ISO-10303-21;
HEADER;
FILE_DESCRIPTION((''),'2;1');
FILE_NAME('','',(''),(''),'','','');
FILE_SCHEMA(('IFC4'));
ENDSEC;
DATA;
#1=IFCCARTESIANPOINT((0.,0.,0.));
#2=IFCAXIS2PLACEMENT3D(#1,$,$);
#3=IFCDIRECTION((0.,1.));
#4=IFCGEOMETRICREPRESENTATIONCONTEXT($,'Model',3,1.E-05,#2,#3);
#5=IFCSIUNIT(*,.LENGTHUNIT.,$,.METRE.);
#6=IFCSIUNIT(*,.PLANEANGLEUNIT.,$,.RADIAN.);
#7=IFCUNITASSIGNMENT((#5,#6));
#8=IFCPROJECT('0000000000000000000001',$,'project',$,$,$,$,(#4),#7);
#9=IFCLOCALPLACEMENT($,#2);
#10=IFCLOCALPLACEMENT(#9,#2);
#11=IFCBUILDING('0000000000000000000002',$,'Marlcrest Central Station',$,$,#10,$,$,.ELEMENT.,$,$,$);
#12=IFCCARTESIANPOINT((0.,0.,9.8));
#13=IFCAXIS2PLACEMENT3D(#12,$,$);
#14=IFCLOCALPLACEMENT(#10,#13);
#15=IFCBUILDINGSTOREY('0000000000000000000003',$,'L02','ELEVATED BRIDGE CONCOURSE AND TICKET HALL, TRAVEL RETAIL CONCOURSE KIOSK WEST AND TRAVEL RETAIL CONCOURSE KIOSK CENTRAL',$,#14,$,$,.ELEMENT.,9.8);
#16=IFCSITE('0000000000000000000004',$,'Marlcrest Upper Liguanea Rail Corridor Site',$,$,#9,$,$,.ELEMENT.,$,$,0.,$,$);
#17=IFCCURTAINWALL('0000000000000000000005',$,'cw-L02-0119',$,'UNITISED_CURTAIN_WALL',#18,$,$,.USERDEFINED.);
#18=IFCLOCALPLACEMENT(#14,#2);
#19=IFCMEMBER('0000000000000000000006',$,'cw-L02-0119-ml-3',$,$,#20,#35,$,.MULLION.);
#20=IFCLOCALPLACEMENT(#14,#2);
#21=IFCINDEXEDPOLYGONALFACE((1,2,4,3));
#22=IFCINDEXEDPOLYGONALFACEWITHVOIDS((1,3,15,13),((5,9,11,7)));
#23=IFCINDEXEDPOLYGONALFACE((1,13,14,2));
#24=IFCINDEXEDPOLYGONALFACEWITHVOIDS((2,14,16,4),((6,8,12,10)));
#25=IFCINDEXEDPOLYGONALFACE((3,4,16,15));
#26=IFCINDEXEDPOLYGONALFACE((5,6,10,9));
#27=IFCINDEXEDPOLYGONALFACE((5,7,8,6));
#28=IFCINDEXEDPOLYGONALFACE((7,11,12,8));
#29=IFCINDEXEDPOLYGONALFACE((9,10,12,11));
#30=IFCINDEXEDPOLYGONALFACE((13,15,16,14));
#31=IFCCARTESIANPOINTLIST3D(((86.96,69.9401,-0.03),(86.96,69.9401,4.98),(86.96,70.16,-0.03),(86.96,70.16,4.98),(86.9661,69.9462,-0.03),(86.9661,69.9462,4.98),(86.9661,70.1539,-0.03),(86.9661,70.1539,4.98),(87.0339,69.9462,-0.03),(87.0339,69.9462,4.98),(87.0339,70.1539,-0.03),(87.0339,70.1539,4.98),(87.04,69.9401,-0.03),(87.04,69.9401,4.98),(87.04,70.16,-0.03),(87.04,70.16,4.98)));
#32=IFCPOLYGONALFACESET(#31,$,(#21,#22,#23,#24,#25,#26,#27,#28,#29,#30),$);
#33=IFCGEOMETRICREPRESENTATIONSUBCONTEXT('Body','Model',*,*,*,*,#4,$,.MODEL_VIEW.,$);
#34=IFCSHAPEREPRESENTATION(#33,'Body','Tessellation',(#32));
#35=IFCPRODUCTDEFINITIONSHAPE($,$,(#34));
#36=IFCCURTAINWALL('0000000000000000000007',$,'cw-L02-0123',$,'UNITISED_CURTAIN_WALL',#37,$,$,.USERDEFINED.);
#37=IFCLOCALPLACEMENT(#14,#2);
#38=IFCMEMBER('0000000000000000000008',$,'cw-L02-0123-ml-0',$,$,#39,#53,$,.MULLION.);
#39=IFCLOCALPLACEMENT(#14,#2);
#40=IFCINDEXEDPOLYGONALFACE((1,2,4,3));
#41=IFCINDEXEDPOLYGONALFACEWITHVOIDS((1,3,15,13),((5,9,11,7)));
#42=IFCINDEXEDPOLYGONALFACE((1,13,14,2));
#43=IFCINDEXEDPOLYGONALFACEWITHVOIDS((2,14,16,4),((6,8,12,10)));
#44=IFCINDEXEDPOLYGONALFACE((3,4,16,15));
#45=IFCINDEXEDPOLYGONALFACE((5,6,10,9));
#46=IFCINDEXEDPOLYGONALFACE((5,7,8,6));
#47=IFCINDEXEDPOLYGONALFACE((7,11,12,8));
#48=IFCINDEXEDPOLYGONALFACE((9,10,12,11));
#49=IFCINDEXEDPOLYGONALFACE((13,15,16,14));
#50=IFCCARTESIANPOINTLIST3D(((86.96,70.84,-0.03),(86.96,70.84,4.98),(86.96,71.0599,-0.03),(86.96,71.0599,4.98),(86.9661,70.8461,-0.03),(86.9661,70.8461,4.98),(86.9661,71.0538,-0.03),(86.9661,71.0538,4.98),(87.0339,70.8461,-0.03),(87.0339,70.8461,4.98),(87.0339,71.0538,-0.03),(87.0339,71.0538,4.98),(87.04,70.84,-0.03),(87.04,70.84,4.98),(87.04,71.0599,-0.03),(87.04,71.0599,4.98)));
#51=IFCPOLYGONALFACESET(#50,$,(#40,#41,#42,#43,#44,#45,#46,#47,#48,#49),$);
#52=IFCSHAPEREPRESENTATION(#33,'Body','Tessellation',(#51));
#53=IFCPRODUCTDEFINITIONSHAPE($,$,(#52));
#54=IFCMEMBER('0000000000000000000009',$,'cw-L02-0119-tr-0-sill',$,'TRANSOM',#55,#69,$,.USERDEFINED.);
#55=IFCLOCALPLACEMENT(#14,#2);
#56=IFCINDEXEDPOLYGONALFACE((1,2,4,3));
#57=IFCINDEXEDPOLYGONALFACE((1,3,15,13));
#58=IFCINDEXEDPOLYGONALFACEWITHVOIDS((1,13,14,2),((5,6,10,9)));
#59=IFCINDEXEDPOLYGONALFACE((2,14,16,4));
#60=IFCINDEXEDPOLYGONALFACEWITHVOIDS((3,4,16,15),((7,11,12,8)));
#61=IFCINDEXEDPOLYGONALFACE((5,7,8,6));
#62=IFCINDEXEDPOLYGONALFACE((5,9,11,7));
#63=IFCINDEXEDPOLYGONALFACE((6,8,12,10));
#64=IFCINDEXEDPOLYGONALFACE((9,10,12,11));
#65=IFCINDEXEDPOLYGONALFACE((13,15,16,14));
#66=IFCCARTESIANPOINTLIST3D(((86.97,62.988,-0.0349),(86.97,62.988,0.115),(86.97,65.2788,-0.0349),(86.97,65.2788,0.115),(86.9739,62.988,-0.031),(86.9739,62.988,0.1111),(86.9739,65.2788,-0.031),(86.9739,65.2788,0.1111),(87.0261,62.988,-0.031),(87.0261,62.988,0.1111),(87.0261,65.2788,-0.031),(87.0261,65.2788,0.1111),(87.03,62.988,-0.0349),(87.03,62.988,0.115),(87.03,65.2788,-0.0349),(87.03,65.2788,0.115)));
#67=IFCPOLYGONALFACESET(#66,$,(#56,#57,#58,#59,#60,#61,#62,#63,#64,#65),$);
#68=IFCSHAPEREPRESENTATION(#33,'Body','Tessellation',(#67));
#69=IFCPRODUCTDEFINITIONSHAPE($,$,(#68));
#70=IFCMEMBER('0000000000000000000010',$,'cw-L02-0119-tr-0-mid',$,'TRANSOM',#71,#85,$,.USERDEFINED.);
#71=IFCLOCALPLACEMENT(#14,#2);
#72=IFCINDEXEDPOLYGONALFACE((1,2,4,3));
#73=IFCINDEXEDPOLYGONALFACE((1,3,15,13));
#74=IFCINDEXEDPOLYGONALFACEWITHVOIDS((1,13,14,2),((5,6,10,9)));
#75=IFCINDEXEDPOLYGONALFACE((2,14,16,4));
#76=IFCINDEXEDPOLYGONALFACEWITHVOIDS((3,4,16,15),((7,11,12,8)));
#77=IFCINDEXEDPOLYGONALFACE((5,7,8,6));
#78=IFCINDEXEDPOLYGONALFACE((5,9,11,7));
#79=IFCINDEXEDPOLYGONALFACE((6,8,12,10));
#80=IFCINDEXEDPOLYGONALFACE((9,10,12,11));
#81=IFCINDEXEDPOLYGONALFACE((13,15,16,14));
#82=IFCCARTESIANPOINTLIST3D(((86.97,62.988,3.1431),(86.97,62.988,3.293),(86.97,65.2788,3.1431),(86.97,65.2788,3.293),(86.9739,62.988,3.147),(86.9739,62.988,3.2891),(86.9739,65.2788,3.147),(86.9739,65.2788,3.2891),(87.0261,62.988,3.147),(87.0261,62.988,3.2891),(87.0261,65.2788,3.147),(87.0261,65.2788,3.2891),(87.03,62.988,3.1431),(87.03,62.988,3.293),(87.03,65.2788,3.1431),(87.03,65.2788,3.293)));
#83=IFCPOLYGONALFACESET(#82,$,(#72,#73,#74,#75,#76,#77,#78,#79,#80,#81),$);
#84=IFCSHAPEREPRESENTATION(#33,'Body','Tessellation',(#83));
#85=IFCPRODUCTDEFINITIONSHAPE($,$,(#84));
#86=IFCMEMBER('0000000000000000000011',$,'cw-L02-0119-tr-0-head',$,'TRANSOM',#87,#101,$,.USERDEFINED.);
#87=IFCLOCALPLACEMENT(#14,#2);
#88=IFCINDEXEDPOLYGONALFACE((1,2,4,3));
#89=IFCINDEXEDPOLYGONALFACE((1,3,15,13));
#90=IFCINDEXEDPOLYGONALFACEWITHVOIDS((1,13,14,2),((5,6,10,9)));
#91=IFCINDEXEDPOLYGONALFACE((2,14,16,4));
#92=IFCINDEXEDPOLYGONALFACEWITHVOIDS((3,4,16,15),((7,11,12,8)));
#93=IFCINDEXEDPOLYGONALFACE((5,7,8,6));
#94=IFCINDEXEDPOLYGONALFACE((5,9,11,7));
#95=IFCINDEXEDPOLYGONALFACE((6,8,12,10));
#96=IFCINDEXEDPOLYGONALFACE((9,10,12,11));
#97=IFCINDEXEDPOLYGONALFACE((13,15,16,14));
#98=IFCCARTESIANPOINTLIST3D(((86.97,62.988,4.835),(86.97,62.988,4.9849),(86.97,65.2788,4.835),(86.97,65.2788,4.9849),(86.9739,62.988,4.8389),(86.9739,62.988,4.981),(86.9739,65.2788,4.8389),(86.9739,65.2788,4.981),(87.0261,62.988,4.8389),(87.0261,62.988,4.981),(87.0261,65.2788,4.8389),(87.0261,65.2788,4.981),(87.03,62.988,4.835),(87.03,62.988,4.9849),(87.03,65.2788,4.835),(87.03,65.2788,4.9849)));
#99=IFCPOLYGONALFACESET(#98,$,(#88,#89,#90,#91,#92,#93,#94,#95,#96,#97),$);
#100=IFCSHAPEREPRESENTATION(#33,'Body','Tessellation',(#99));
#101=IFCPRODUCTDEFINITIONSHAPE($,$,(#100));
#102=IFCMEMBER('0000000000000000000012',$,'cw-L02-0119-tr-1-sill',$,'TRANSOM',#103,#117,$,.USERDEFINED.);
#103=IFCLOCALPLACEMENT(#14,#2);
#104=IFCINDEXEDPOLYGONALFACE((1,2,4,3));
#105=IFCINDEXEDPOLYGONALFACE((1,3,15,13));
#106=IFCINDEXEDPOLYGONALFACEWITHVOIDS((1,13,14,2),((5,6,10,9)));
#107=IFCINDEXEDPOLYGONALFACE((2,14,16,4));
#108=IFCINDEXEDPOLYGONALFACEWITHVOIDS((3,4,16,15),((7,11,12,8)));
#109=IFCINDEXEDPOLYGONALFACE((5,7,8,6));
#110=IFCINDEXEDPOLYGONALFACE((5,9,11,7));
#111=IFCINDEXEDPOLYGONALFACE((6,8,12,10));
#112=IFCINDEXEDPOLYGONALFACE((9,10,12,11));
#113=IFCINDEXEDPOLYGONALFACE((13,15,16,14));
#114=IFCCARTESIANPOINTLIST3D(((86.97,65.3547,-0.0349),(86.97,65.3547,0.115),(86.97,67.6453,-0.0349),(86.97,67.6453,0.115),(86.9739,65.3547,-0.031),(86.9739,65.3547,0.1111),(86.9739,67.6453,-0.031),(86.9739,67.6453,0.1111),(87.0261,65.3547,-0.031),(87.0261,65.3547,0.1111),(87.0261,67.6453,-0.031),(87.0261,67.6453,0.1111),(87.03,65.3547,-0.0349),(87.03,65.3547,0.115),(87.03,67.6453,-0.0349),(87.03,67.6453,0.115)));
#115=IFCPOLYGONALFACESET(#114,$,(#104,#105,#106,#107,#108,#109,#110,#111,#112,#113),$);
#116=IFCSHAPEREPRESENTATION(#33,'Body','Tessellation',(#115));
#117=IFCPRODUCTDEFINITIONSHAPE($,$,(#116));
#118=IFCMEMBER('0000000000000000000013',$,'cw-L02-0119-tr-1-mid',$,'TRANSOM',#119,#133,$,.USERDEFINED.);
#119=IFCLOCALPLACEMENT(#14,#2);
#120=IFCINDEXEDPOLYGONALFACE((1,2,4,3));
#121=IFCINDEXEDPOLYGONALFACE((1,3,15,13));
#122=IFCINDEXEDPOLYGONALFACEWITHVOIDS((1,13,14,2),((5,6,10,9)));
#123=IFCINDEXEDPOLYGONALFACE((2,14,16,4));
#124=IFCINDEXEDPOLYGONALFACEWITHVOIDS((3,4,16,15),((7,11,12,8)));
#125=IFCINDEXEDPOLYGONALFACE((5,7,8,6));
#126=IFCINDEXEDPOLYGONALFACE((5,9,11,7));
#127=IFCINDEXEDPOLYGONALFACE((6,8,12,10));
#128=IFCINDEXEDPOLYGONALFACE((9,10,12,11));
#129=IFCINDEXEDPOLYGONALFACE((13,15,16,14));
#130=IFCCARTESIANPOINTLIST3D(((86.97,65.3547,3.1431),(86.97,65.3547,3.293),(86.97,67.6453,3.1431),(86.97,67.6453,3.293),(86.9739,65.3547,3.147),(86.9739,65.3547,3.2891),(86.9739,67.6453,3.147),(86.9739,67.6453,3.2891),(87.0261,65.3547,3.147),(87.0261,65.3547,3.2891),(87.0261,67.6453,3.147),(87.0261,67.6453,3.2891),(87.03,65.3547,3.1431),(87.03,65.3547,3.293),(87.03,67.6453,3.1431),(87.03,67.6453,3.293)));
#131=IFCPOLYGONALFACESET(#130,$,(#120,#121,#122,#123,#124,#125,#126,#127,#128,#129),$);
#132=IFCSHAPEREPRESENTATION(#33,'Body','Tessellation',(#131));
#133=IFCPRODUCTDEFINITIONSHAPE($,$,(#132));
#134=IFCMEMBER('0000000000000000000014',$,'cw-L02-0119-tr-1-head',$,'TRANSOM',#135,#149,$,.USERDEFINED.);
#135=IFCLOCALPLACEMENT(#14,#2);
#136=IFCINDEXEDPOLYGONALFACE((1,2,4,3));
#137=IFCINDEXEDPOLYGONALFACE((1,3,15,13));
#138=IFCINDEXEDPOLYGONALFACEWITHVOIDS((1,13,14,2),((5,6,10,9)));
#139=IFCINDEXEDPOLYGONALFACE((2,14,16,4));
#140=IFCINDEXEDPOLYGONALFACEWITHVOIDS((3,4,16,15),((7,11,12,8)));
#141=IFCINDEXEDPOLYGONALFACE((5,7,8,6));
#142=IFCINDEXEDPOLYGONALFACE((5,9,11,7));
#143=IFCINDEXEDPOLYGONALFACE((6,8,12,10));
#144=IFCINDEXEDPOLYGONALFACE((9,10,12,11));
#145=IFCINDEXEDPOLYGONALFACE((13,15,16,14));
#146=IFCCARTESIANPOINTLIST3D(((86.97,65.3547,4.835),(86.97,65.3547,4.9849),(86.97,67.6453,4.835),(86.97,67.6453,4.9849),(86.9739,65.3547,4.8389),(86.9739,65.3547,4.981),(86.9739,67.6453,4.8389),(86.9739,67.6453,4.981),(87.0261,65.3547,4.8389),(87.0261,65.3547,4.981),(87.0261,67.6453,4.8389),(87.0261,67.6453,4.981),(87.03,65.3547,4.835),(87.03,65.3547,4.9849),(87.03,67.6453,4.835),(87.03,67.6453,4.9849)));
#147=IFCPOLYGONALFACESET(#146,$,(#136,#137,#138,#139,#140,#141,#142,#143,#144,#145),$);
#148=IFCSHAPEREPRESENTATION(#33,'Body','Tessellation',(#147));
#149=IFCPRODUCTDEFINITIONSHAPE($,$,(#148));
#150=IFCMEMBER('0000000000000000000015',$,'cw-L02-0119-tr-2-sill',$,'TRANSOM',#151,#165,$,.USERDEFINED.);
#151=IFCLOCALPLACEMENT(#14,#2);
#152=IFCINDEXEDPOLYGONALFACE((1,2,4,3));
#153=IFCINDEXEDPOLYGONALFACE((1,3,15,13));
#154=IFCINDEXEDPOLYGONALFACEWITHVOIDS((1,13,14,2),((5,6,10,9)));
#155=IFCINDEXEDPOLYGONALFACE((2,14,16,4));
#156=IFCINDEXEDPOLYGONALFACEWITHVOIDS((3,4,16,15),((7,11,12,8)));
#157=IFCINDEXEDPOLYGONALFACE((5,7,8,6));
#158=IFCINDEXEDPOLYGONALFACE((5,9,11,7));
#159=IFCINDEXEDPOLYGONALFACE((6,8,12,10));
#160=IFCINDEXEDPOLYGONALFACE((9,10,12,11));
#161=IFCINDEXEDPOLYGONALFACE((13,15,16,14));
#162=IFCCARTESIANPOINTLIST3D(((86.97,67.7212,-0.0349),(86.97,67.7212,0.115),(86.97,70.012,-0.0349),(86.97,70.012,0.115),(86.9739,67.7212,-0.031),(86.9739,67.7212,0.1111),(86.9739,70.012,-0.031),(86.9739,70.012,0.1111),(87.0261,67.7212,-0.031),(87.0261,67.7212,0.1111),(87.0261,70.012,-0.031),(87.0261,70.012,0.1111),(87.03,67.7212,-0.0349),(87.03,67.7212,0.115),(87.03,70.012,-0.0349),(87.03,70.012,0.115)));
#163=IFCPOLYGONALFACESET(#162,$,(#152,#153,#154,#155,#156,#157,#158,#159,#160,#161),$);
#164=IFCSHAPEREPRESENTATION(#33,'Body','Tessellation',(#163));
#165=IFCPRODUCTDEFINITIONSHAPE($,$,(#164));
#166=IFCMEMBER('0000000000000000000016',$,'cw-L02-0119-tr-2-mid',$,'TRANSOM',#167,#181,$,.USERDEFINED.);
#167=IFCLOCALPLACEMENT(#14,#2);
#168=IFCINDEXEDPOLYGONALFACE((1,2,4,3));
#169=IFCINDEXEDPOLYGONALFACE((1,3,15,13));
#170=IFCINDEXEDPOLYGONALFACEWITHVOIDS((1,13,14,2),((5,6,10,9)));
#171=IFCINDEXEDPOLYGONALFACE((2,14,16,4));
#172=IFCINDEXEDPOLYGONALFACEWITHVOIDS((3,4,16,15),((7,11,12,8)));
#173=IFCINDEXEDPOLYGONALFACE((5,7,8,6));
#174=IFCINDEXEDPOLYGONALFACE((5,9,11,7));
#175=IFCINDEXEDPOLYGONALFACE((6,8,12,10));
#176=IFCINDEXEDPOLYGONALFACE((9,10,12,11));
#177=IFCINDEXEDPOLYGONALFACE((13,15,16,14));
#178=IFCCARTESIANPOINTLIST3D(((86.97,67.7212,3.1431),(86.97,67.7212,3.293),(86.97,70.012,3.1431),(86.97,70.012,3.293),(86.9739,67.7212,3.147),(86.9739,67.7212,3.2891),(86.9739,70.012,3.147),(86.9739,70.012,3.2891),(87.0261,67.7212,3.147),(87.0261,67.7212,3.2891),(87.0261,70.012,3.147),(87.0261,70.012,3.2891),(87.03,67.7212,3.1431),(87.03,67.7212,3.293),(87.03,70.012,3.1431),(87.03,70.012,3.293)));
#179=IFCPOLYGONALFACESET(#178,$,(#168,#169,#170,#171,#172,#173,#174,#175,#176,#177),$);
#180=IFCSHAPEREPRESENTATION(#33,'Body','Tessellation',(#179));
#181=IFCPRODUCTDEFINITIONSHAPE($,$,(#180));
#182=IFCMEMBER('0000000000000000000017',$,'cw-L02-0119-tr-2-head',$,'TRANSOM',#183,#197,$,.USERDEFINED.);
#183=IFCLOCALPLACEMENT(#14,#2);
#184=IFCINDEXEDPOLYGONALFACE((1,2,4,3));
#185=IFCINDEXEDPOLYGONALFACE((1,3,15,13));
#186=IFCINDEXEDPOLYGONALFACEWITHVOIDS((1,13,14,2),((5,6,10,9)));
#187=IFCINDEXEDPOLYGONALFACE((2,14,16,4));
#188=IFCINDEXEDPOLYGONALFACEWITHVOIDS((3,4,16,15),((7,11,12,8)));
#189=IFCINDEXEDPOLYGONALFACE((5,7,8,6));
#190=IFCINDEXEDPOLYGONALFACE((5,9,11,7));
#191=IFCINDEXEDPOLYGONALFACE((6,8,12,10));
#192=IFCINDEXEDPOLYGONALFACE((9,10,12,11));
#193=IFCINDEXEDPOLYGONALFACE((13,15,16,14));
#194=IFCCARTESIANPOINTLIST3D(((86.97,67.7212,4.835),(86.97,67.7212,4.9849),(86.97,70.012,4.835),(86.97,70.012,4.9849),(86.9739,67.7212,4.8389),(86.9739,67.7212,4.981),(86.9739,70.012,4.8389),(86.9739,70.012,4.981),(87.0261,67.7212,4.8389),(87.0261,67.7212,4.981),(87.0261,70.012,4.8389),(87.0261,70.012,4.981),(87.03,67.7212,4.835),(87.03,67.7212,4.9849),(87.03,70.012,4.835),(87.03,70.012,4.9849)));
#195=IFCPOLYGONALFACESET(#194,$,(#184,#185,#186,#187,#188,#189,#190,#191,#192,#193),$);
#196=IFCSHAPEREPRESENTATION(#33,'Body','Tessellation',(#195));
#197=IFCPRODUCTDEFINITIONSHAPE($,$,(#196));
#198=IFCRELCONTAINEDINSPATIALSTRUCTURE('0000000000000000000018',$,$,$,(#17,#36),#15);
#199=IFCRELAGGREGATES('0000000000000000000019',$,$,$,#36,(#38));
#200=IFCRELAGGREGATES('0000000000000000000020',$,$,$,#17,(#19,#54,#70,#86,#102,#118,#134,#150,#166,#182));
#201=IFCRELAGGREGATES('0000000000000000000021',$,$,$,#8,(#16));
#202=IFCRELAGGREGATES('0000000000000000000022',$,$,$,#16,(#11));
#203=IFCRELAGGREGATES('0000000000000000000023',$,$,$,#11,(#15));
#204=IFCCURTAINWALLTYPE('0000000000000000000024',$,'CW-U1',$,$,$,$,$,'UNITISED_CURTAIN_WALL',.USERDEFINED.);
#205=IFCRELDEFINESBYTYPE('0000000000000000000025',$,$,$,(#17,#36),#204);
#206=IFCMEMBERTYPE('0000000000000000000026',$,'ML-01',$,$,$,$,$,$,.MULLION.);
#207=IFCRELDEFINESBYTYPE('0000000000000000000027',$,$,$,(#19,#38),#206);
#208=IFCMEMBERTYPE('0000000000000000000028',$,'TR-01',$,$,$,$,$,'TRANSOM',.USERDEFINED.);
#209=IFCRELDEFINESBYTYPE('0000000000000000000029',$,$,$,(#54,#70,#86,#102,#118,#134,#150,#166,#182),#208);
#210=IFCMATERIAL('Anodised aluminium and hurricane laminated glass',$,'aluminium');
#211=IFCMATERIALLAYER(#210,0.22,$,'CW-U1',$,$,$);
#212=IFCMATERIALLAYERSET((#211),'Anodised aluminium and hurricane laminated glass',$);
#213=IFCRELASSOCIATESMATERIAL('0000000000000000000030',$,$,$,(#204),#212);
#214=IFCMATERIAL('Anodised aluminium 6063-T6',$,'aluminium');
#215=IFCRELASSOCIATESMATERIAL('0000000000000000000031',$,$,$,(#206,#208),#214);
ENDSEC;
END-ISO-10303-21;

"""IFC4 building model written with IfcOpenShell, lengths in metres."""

from ifc_helpers import new_model, si_unit, direction, frame, origin, origin_2d, place, context, subcontext, project, spatial, hollow_rectangle, extrude, material, layer, layer_set, material_profile, profile_set, type_object, element, aggregate, save


model = new_model("IFC4")

# Units and contexts
model_context = context("Model", 3, precision=1e-05, world=origin(), true_north=direction((0.0, 1.0)))
body_context = subcontext(model_context, "Body", "Model", "MODEL_VIEW")
ifc_project = project(units=[si_unit("LENGTHUNIT", "METRE"), si_unit("PLANEANGLEUNIT", "RADIAN")], contexts=[model_context])

# Site, building, storey
site_placement = place(None, origin())
site = spatial("IfcSite", under=ifc_project, at=site_placement, Name="Marlcrest Upper Liguanea Rail Corridor Site", CompositionType="ELEMENT", RefElevation=0.0)
building_placement = place(site_placement, origin())
building = spatial("IfcBuilding", under=site, at=building_placement, Name="Marlcrest Central Station", CompositionType="ELEMENT")
storey_placement = place(building_placement, frame((0.0, 0.0, 9.8)))
storey = spatial("IfcBuildingStorey", under=building, at=storey_placement, Name="L02", Description="ELEVATED BRIDGE CONCOURSE AND TICKET HALL, TRAVEL RETAIL CONCOURSE KIOSK WEST AND TRAVEL RETAIL CONCOURSE KIOSK CENTRAL", CompositionType="ELEMENT", Elevation=9.8)

# Curtain wall, member
ifc_material_1 = material(Name="Anodised aluminium and hurricane laminated glass", Category="aluminium")
ifc_layer_1 = layer(ifc_material_1, 0.22, Name="CW-U1")
ifc_layer_set_1 = layer_set([ifc_layer_1], Name="Anodised aluminium and hurricane laminated glass")
curtain_wall_type = type_object("IfcCurtainWallType", Name="CW-U1", ElementType="UNITISED_CURTAIN_WALL", PredefinedType="USERDEFINED", material=ifc_layer_set_1)
curtain_wall_1_placement = place(storey_placement, origin())
curtain_wall_1 = element("IfcCurtainWall", 1, at=curtain_wall_1_placement, inside=storey, type_object=curtain_wall_type, Name="cw-L02-0119", ObjectType="UNITISED_CURTAIN_WALL", PredefinedType="USERDEFINED")
ifc_material_2 = material(Name="Anodised aluminium 6063-T6", Category="aluminium")
ifc_material_profile_1 = material_profile(ifc_material_2, hollow_rectangle(XDim=0.0801, YDim=0.22, WallThickness=0.0061, at=origin_2d()), Name="AA-RHS 220x80x6")
ifc_profile_set_1 = profile_set([ifc_material_profile_1], Name="Anodised aluminium 6063-T6")
member_type_1 = type_object("IfcMemberType", Name="ML-01", PredefinedType="MULLION", material=ifc_profile_set_1)
member_1_placement = place(storey_placement, frame((87.0, 70.05, -0.03), z_axis=(0.0, 0.0, 1.0), x_axis=(1.0, 0.0, 0.0)))
member_1 = element("IfcMember", 2, at=member_1_placement, type_object=member_type_1, Name="cw-L02-0119-ml-3", PredefinedType="MULLION", context=body_context, shape_type="SweptSolid", body=[
    extrude(hollow_rectangle(XDim=0.0801, YDim=0.22, WallThickness=0.0061, at=origin_2d()), origin(), (0.0, 0.0, 1.0), 5.01),
])

# Curtain wall, member
curtain_wall_2_placement = place(storey_placement, origin())
curtain_wall_2 = element("IfcCurtainWall", 3, at=curtain_wall_2_placement, inside=storey, type_object=curtain_wall_type, Name="cw-L02-0123", ObjectType="UNITISED_CURTAIN_WALL", PredefinedType="USERDEFINED")
member_2_placement = place(storey_placement, frame((87.0, 70.95, -0.03), z_axis=(0.0, 0.0, 1.0), x_axis=(1.0, 0.0, 0.0)))
member_2 = element("IfcMember", 4, at=member_2_placement, type_object=member_type_1, Name="cw-L02-0123-ml-0", PredefinedType="MULLION", context=body_context, shape_type="SweptSolid", body=[
    extrude(hollow_rectangle(XDim=0.0801, YDim=0.22, WallThickness=0.0061, at=origin_2d()), origin(), (0.0, 0.0, 1.0), 5.01),
])

# Members
ifc_material_profile_2 = material_profile(ifc_material_2, hollow_rectangle(XDim=0.0601, YDim=0.1499, WallThickness=0.0039, at=origin_2d()), Name="AA-RHS 150x60x4")
ifc_profile_set_2 = profile_set([ifc_material_profile_2], Name="Anodised aluminium 6063-T6")
member_type_2 = type_object("IfcMemberType", Name="TR-01", ElementType="TRANSOM", PredefinedType="USERDEFINED", material=ifc_profile_set_2)
member_3_placement = place(storey_placement, frame((87.0, 62.988, 0.04), z_axis=(0.0, 1.0, 0.0), x_axis=(-1.0, 0.0, 0.0)))
member_3 = element("IfcMember", 5, at=member_3_placement, type_object=member_type_2, Name="cw-L02-0119-tr-0-sill", ObjectType="TRANSOM", PredefinedType="USERDEFINED", context=body_context, shape_type="SweptSolid", body=[
    extrude(hollow_rectangle(XDim=0.0601, YDim=0.1499, WallThickness=0.0039, at=origin_2d()), origin(), (0.0, 0.0, 1.0), 2.2908),
])
member_4_placement = place(storey_placement, frame((87.0, 62.988, 3.218), z_axis=(0.0, 1.0, 0.0), x_axis=(-1.0, 0.0, 0.0)))
member_4 = element("IfcMember", 6, at=member_4_placement, type_object=member_type_2, Name="cw-L02-0119-tr-0-mid", ObjectType="TRANSOM", PredefinedType="USERDEFINED", context=body_context, shape_type="SweptSolid", body=[
    extrude(hollow_rectangle(XDim=0.0601, YDim=0.1499, WallThickness=0.0039, at=origin_2d()), origin(), (0.0, 0.0, 1.0), 2.2908),
])
member_5_placement = place(storey_placement, frame((87.0, 62.988, 4.9099), z_axis=(0.0, 1.0, 0.0), x_axis=(-1.0, 0.0, 0.0)))
member_5 = element("IfcMember", 7, at=member_5_placement, type_object=member_type_2, Name="cw-L02-0119-tr-0-head", ObjectType="TRANSOM", PredefinedType="USERDEFINED", context=body_context, shape_type="SweptSolid", body=[
    extrude(hollow_rectangle(XDim=0.0601, YDim=0.1499, WallThickness=0.0039, at=origin_2d()), origin(), (0.0, 0.0, 1.0), 2.2908),
])
member_6_placement = place(storey_placement, frame((87.0, 65.3547, 0.04), z_axis=(0.0, 1.0, 0.0), x_axis=(-1.0, 0.0, 0.0)))
member_6 = element("IfcMember", 8, at=member_6_placement, type_object=member_type_2, Name="cw-L02-0119-tr-1-sill", ObjectType="TRANSOM", PredefinedType="USERDEFINED", context=body_context, shape_type="SweptSolid", body=[
    extrude(hollow_rectangle(XDim=0.0601, YDim=0.1499, WallThickness=0.0039, at=origin_2d()), origin(), (0.0, 0.0, 1.0), 2.2905),
])
member_7_placement = place(storey_placement, frame((87.0, 65.3547, 3.218), z_axis=(0.0, 1.0, 0.0), x_axis=(-1.0, 0.0, 0.0)))
member_7 = element("IfcMember", 9, at=member_7_placement, type_object=member_type_2, Name="cw-L02-0119-tr-1-mid", ObjectType="TRANSOM", PredefinedType="USERDEFINED", context=body_context, shape_type="SweptSolid", body=[
    extrude(hollow_rectangle(XDim=0.0601, YDim=0.1499, WallThickness=0.0039, at=origin_2d()), origin(), (0.0, 0.0, 1.0), 2.2905),
])
member_8_placement = place(storey_placement, frame((87.0, 65.3547, 4.9099), z_axis=(0.0, 1.0, 0.0), x_axis=(-1.0, 0.0, 0.0)))
member_8 = element("IfcMember", 10, at=member_8_placement, type_object=member_type_2, Name="cw-L02-0119-tr-1-head", ObjectType="TRANSOM", PredefinedType="USERDEFINED", context=body_context, shape_type="SweptSolid", body=[
    extrude(hollow_rectangle(XDim=0.0601, YDim=0.1499, WallThickness=0.0039, at=origin_2d()), origin(), (0.0, 0.0, 1.0), 2.2905),
])
member_9_placement = place(storey_placement, frame((87.0, 67.7212, 0.04), z_axis=(0.0, 1.0, 0.0), x_axis=(-1.0, 0.0, 0.0)))
member_9 = element("IfcMember", 11, at=member_9_placement, type_object=member_type_2, Name="cw-L02-0119-tr-2-sill", ObjectType="TRANSOM", PredefinedType="USERDEFINED", context=body_context, shape_type="SweptSolid", body=[
    extrude(hollow_rectangle(XDim=0.0601, YDim=0.1499, WallThickness=0.0039, at=origin_2d()), origin(), (0.0, 0.0, 1.0), 2.2908),
])
member_10_placement = place(storey_placement, frame((87.0, 67.7212, 3.218), z_axis=(0.0, 1.0, 0.0), x_axis=(-1.0, 0.0, 0.0)))
member_10 = element("IfcMember", 12, at=member_10_placement, type_object=member_type_2, Name="cw-L02-0119-tr-2-mid", ObjectType="TRANSOM", PredefinedType="USERDEFINED", context=body_context, shape_type="SweptSolid", body=[
    extrude(hollow_rectangle(XDim=0.0601, YDim=0.1499, WallThickness=0.0039, at=origin_2d()), origin(), (0.0, 0.0, 1.0), 2.2908),
])
member_11_placement = place(storey_placement, frame((87.0, 67.7212, 4.9099), z_axis=(0.0, 1.0, 0.0), x_axis=(-1.0, 0.0, 0.0)))
member_11 = element("IfcMember", 13, at=member_11_placement, type_object=member_type_2, Name="cw-L02-0119-tr-2-head", ObjectType="TRANSOM", PredefinedType="USERDEFINED", context=body_context, shape_type="SweptSolid", body=[
    extrude(hollow_rectangle(XDim=0.0601, YDim=0.1499, WallThickness=0.0039, at=origin_2d()), origin(), (0.0, 0.0, 1.0), 2.2908),
])
aggregate(curtain_wall_2, [member_2])

aggregate(curtain_wall_1, [member_1, member_3, member_4, member_5, member_6, member_7, member_8, member_9, member_10, member_11])

save(model, "model.ifc")
